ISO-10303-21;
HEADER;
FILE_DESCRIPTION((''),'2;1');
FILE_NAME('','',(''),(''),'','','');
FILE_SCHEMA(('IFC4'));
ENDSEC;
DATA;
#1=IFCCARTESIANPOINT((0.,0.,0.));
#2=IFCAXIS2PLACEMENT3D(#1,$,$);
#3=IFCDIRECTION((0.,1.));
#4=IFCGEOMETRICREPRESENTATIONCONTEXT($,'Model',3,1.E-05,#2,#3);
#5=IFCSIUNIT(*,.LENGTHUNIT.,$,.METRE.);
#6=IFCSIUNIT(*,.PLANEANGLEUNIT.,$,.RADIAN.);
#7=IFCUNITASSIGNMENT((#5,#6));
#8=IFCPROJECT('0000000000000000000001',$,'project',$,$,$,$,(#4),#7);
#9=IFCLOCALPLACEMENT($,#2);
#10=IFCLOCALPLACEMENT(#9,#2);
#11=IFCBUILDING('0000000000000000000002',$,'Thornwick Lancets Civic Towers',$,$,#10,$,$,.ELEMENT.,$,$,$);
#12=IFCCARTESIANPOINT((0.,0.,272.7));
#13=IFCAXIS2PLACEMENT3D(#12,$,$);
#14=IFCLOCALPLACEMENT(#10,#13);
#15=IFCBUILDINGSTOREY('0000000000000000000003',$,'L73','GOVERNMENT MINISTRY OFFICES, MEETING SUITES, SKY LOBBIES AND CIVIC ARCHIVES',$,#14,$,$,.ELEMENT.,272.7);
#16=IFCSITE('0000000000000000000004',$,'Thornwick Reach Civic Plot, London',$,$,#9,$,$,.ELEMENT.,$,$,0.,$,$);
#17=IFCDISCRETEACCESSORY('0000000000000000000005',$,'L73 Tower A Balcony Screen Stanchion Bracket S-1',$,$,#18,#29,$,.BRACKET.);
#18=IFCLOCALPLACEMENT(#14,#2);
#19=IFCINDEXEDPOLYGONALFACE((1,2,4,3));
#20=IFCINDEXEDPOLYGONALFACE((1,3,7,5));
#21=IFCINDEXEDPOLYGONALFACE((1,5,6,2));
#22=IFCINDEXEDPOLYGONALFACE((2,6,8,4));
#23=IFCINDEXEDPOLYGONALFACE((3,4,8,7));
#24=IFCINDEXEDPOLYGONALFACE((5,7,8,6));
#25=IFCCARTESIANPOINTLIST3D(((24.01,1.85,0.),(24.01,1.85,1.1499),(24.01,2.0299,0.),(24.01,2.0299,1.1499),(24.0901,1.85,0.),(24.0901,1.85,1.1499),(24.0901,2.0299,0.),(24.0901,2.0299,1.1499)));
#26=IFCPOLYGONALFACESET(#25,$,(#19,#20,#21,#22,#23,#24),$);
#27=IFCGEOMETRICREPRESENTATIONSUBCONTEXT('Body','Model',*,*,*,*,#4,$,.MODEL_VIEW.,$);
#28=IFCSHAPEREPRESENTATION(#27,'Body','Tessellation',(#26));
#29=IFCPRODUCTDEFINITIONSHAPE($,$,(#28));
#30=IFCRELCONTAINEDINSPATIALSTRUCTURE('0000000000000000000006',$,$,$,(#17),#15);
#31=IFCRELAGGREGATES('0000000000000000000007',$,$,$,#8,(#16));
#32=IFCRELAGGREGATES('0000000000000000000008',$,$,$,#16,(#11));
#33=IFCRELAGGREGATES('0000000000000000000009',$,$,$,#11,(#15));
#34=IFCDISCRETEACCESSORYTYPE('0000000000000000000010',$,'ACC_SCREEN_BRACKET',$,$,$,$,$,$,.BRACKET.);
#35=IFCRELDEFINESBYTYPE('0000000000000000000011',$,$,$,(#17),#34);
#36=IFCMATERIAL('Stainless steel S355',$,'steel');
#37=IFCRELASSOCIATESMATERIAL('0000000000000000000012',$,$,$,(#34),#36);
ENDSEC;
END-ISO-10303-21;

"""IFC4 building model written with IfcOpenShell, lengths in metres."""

from ifc_helpers import new_model, si_unit, direction, frame, origin, origin_2d, place, context, subcontext, project, spatial, rectangle, extrude, material, type_object, element, save


model = new_model("IFC4")

# Units and contexts
model_context = context("Model", 3, precision=1e-05, world=origin(), true_north=direction((0.0, 1.0)))
body_context = subcontext(model_context, "Body", "Model", "MODEL_VIEW")
ifc_project = project(units=[si_unit("LENGTHUNIT", "METRE"), si_unit("PLANEANGLEUNIT", "RADIAN")], contexts=[model_context])

# Site, building, storey
site_placement = place(None, origin())
site = spatial("IfcSite", under=ifc_project, at=site_placement, Name="Thornwick Reach Civic Plot, London", CompositionType="ELEMENT", RefElevation=0.0)
building_placement = place(site_placement, origin())
building = spatial("IfcBuilding", under=site, at=building_placement, Name="Thornwick Lancets Civic Towers", CompositionType="ELEMENT")
storey_placement = place(building_placement, frame((0.0, 0.0, 272.7)))
storey = spatial("IfcBuildingStorey", under=building, at=storey_placement, Name="L73", Description="GOVERNMENT MINISTRY OFFICES, MEETING SUITES, SKY LOBBIES AND CIVIC ARCHIVES", CompositionType="ELEMENT", Elevation=272.7)

# Discrete accessory
ifc_material_1 = material(Name="Stainless steel S355", Category="steel")
discrete_accessory_type = type_object("IfcDiscreteAccessoryType", Name="ACC_SCREEN_BRACKET", PredefinedType="BRACKET", material=ifc_material_1)
discrete_accessory_placement = place(storey_placement, frame((24.05, 1.9399, 0.0), z_axis=(0.0, 0.0, 1.0), x_axis=(1.0, 0.0, 0.0)))
element("IfcDiscreteAccessory", 1, at=discrete_accessory_placement, inside=storey, type_object=discrete_accessory_type, Name="L73 Tower A Balcony Screen Stanchion Bracket S-1", PredefinedType="BRACKET", context=body_context, shape_type="SweptSolid", body=[
    extrude(rectangle(XDim=0.0801, YDim=0.1799, at=origin_2d()), origin(), (0.0, 0.0, 1.0), 1.1499),
])

save(model, "model.ifc")
